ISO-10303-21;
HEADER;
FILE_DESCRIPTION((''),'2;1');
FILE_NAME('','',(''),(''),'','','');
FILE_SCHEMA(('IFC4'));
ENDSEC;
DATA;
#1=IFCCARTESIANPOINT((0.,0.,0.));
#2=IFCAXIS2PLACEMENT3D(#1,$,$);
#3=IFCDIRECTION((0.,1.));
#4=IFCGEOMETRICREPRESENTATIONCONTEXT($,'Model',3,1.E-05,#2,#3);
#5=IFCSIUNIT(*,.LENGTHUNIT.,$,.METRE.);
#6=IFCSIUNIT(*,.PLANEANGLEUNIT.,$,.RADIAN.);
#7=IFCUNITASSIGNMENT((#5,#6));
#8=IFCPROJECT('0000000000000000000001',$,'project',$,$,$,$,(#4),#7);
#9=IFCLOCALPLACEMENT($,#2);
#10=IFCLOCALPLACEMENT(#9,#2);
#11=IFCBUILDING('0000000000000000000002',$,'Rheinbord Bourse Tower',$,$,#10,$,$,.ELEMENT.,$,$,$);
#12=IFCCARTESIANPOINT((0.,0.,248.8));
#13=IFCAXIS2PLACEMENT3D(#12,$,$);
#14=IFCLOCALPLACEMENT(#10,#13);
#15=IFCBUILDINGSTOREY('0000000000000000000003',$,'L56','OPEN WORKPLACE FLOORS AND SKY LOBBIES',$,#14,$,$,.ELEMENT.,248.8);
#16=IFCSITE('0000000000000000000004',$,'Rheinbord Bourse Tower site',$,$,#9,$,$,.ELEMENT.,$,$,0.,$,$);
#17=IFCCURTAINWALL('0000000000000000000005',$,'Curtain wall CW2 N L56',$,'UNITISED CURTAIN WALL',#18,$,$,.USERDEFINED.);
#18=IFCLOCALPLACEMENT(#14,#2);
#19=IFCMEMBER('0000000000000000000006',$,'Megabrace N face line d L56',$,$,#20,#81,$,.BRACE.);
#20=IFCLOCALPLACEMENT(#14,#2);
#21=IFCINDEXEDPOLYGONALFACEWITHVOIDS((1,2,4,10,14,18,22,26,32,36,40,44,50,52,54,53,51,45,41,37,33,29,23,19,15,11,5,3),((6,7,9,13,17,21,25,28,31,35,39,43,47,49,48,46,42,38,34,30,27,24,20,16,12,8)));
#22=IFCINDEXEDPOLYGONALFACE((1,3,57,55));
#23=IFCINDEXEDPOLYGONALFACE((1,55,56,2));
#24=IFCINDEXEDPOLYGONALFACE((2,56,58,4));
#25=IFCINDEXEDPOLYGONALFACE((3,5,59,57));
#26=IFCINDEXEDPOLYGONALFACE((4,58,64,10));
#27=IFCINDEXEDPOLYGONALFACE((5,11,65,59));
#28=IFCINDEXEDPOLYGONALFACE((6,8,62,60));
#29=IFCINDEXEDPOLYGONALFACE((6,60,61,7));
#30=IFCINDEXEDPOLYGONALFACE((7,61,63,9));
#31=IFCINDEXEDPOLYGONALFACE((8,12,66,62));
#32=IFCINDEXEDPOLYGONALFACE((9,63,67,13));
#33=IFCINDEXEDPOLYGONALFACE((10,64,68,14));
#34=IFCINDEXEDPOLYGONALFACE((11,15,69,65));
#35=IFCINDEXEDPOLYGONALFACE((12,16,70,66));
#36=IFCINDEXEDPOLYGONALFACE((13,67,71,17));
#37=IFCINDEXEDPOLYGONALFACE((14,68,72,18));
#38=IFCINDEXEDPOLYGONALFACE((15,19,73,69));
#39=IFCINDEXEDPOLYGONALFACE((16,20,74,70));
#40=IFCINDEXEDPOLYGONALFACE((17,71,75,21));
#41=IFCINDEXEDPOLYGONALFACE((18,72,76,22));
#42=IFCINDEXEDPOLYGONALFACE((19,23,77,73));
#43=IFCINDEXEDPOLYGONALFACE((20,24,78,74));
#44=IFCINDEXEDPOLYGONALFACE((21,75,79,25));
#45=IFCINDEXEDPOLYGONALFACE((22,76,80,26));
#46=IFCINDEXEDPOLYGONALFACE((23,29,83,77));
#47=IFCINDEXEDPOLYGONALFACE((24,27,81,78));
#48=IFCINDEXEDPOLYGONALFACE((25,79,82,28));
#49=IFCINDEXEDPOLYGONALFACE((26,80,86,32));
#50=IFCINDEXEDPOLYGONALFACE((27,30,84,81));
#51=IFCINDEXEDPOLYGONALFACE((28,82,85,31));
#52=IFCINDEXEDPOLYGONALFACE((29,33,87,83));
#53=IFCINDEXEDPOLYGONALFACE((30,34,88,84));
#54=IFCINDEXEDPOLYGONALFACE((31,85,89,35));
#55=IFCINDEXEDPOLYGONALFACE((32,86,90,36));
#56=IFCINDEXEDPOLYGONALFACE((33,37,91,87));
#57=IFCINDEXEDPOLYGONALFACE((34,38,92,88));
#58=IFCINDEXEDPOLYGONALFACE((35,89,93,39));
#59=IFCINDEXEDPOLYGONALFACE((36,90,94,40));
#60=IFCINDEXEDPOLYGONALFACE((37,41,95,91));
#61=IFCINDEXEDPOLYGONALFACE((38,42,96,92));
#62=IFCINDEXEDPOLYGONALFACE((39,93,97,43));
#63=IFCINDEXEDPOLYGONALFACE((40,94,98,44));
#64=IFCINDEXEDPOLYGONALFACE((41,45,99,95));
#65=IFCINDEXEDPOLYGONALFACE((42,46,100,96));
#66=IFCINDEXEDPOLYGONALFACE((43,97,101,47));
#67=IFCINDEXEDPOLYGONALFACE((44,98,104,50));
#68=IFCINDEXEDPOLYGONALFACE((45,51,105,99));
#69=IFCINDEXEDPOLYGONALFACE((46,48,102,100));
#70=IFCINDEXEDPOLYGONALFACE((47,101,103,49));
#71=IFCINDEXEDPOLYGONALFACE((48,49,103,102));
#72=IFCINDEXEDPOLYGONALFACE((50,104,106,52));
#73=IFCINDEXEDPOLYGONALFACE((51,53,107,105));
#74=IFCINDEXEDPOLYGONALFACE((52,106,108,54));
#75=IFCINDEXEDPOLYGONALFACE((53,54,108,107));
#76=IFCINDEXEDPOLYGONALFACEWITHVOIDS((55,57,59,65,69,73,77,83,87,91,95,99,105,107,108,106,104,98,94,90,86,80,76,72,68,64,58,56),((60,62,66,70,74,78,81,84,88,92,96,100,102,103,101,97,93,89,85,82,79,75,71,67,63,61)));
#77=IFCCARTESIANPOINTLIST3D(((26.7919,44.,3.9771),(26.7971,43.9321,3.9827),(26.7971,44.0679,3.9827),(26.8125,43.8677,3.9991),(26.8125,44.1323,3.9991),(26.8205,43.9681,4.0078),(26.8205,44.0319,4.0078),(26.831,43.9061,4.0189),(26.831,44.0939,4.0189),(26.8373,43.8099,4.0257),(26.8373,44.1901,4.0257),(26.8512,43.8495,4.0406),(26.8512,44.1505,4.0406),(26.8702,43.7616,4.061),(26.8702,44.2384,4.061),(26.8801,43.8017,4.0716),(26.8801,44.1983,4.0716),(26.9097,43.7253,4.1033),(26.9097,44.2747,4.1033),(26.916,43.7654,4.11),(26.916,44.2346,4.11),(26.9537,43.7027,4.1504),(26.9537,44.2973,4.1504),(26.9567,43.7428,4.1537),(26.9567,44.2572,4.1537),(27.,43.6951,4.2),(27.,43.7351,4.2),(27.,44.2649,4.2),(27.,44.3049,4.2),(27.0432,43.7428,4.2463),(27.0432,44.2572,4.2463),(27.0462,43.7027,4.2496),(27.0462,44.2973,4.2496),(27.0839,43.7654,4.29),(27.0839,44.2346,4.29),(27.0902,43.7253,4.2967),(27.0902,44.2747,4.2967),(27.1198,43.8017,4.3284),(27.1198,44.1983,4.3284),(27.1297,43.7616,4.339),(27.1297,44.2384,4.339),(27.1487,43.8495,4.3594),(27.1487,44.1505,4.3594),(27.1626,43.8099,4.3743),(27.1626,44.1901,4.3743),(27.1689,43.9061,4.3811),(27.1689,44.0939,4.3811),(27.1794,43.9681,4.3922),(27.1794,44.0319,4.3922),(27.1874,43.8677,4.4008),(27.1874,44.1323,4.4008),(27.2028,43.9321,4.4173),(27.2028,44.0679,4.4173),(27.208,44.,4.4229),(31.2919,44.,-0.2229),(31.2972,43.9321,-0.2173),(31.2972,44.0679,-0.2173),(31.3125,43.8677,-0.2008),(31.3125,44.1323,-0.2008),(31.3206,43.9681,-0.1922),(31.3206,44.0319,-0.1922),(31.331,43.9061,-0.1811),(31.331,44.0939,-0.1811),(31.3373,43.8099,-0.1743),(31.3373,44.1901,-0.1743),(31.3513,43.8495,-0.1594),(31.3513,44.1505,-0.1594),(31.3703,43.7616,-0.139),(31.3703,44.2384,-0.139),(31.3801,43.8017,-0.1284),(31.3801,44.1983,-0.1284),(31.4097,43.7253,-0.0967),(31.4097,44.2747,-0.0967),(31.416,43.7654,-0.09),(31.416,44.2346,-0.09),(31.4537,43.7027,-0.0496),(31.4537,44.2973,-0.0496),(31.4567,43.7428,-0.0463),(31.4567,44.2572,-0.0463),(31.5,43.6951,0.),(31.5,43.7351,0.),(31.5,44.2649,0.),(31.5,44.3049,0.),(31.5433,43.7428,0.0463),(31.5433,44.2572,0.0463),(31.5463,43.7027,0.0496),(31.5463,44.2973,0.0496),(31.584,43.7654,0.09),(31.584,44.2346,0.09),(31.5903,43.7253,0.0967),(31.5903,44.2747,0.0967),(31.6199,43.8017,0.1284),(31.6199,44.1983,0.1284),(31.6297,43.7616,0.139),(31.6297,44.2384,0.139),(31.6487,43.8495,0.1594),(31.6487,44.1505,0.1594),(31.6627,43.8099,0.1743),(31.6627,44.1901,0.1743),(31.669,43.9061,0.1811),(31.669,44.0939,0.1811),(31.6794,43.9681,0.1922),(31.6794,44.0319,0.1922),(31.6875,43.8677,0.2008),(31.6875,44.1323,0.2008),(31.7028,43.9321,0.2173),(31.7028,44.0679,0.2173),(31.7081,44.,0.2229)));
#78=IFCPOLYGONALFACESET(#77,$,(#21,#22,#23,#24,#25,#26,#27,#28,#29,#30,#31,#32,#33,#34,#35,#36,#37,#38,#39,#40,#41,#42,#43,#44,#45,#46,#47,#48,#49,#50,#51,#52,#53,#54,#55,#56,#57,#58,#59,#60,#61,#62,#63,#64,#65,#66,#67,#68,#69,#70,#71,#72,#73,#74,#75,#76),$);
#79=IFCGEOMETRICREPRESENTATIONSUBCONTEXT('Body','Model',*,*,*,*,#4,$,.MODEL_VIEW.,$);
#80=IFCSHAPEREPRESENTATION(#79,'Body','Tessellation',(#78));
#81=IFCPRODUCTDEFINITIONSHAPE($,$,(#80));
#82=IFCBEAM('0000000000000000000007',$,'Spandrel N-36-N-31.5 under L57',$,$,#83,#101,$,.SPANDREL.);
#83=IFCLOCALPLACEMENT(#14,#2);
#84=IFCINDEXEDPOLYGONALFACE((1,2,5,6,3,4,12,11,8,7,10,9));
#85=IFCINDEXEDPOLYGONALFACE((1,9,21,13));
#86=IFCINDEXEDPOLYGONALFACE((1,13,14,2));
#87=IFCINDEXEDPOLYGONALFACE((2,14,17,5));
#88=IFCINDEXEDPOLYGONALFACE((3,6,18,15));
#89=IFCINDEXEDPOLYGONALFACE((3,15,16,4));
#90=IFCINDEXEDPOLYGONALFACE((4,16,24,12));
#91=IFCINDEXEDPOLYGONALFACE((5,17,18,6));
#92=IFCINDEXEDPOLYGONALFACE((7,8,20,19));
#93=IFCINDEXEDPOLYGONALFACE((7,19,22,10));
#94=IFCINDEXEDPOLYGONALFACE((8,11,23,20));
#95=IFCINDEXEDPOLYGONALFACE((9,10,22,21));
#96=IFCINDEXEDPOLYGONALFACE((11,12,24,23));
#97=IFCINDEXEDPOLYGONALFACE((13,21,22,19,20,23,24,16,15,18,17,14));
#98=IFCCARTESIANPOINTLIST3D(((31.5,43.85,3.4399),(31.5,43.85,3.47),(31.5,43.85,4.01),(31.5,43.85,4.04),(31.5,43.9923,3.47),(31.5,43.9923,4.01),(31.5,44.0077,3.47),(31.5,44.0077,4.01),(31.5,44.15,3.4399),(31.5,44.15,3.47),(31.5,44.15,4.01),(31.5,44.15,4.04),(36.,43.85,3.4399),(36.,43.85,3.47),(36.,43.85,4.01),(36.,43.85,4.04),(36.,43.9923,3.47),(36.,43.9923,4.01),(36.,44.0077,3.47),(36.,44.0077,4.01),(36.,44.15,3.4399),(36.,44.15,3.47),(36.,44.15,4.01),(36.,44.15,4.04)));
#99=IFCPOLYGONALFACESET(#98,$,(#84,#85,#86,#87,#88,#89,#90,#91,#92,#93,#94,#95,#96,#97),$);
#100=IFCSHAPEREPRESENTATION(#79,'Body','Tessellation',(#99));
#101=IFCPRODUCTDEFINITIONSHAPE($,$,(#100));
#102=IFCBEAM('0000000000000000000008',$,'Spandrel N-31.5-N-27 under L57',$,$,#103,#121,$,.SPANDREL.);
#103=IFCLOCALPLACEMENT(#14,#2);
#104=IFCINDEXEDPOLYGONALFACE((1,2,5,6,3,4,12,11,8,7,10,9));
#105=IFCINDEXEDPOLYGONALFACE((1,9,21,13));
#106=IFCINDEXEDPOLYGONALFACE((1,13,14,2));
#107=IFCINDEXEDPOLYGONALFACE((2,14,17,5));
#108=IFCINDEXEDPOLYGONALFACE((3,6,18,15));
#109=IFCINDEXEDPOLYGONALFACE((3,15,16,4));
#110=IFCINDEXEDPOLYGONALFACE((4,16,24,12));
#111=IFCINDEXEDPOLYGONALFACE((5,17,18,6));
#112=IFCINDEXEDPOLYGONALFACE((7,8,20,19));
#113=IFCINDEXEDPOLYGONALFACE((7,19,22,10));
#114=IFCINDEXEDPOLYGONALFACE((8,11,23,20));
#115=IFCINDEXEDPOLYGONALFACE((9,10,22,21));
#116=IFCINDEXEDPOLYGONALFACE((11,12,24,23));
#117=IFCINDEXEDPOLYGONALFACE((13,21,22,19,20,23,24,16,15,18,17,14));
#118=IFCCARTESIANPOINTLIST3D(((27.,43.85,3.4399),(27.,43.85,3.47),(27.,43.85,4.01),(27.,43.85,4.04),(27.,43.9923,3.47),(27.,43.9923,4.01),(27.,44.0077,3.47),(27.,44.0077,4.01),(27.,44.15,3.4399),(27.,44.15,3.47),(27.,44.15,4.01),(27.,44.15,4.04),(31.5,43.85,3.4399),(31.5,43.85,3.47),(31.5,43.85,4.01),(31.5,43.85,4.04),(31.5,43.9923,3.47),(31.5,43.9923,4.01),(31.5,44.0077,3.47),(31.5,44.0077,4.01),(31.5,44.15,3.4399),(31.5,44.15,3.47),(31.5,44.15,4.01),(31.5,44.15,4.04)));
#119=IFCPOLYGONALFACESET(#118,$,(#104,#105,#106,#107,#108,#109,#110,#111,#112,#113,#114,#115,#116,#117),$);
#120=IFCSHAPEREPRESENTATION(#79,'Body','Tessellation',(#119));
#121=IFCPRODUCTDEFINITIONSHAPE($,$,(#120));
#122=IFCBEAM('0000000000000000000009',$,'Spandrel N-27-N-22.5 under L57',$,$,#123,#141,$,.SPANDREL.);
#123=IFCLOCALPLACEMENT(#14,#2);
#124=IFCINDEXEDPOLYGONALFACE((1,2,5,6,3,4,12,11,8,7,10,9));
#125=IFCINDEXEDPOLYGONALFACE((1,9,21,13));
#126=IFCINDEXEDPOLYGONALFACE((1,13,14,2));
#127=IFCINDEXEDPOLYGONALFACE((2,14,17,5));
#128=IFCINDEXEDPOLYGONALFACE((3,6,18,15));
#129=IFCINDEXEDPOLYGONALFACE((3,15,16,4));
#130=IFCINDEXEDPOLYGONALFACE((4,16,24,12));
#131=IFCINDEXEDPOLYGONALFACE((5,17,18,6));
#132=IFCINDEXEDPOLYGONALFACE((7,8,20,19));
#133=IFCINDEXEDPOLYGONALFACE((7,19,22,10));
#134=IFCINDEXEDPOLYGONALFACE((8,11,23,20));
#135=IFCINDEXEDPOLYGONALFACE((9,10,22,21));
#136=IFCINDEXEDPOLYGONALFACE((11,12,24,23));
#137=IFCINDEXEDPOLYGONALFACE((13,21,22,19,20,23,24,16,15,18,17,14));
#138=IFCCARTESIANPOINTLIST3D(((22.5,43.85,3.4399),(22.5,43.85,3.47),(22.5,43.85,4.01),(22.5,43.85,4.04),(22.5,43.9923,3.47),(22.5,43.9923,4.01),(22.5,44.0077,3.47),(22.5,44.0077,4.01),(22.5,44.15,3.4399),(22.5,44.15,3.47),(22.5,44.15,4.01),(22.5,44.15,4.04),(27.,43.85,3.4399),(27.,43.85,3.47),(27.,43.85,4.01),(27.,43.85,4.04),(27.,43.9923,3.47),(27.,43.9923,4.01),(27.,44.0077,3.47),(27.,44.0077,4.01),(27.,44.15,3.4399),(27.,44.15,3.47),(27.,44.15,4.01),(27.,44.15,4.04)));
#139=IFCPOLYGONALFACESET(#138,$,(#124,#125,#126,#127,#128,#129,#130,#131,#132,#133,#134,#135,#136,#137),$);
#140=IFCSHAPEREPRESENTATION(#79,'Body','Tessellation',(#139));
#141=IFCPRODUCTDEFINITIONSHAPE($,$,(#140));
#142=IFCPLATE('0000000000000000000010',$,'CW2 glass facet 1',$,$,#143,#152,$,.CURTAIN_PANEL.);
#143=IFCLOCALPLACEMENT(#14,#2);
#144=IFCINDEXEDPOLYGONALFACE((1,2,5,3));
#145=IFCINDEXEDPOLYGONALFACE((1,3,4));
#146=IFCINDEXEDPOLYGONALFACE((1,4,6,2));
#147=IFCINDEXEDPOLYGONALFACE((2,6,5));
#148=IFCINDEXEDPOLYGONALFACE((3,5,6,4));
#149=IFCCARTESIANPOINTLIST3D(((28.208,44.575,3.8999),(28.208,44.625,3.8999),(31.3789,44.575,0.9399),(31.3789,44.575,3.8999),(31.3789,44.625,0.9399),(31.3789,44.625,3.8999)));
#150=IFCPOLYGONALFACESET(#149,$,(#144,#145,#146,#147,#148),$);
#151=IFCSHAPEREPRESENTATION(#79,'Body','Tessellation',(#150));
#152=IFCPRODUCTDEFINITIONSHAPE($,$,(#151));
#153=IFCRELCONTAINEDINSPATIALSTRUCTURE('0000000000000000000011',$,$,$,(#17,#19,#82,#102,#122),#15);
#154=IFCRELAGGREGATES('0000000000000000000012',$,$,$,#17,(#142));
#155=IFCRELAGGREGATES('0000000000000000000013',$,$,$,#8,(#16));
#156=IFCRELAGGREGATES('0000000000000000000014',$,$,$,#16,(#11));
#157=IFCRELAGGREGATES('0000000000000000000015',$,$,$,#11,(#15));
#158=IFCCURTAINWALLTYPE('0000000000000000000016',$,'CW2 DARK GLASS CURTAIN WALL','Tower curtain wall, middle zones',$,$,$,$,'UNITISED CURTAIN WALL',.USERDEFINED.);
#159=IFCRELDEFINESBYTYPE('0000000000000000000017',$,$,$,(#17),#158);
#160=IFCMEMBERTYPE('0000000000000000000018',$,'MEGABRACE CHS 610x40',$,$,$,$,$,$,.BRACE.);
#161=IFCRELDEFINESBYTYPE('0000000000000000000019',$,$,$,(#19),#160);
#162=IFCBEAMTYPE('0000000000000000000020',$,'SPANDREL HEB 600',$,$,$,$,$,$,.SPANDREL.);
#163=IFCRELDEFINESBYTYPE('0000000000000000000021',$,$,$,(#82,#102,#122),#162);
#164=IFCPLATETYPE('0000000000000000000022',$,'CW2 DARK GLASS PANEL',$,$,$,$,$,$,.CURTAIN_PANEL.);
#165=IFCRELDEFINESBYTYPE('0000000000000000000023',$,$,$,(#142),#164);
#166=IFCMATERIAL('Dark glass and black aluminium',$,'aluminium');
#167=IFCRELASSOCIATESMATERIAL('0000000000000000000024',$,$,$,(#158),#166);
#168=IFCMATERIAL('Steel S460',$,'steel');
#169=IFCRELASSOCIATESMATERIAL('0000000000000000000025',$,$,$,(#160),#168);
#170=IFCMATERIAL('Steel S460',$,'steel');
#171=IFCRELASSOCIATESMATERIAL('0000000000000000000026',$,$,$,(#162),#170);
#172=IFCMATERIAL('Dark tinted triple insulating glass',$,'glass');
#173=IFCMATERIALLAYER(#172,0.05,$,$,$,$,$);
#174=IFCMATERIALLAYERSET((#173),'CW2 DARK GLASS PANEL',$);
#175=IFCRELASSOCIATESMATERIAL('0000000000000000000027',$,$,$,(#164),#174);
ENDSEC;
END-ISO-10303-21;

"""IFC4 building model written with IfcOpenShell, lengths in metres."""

from ifc_helpers import new_model, si_unit, direction, frame, origin, origin_2d, place, context, subcontext, project, spatial, polyline, hollow_circle, i_section, outline, extrude, material, layer, layer_set, material_profile, profile_set, type_object, element, aggregate, save


model = new_model("IFC4")

# Units and contexts
model_context = context("Model", 3, precision=1e-05, world=origin(), true_north=direction((0.0, 1.0)))
body_context = subcontext(model_context, "Body", "Model", "MODEL_VIEW")
ifc_project = project(units=[si_unit("LENGTHUNIT", "METRE"), si_unit("PLANEANGLEUNIT", "RADIAN")], contexts=[model_context])

# Site, building, storey
site_placement = place(None, origin())
site = spatial("IfcSite", under=ifc_project, at=site_placement, Name="Rheinbord Bourse Tower site", CompositionType="ELEMENT", RefElevation=0.0)
building_placement = place(site_placement, origin())
building = spatial("IfcBuilding", under=site, at=building_placement, Name="Rheinbord Bourse Tower", CompositionType="ELEMENT")
storey_placement = place(building_placement, frame((0.0, 0.0, 248.8)))
storey = spatial("IfcBuildingStorey", under=building, at=storey_placement, Name="L56", Description="OPEN WORKPLACE FLOORS AND SKY LOBBIES", CompositionType="ELEMENT", Elevation=248.8)

# Curtain wall
ifc_material_1 = material(Name="Dark glass and black aluminium", Category="aluminium")
curtain_wall_type = type_object("IfcCurtainWallType", Name="CW2 DARK GLASS CURTAIN WALL", Description="Tower curtain wall, middle zones", ElementType="UNITISED CURTAIN WALL", PredefinedType="USERDEFINED", material=ifc_material_1)
curtain_wall_placement = place(storey_placement, origin())
curtain_wall = element("IfcCurtainWall", 1, at=curtain_wall_placement, inside=storey, type_object=curtain_wall_type, Name="Curtain wall CW2 N L56", ObjectType="UNITISED CURTAIN WALL", PredefinedType="USERDEFINED")

# Member
ifc_material_2 = material(Name="Steel S460", Category="steel")
ifc_material_profile_1 = material_profile(ifc_material_2, hollow_circle(Radius=0.3049, WallThickness=0.04, at=origin_2d()), Name="CHS 610x40")
ifc_profile_set_1 = profile_set([ifc_material_profile_1], Name="Steel S460")
member_type_1 = type_object("IfcMemberType", Name="MEGABRACE CHS 610x40", PredefinedType="BRACE", material=ifc_profile_set_1)
member_1_placement = place(storey_placement, frame((31.5, 44.0, 0.0), z_axis=(-0.731059, 0.0, 0.682314), x_axis=(0.0, -1.0, 0.0)))
element("IfcMember", 2, at=member_1_placement, inside=storey, type_object=member_type_1, Name="Megabrace N face line d L56", PredefinedType="BRACE", context=body_context, shape_type="SweptSolid", body=[
    extrude(hollow_circle(Radius=0.3049, WallThickness=0.04, at=origin_2d()), origin(), (0.0, 0.0, 1.0), 6.1555),
])

# Beams
ifc_material_3 = material(Name="Steel S460", Category="steel")
ifc_material_profile_2 = material_profile(ifc_material_3, i_section(OverallWidth=0.3, OverallDepth=0.6001, WebThickness=0.0154, FlangeThickness=0.03, at=origin_2d()), Name="HEB 600")
ifc_profile_set_2 = profile_set([ifc_material_profile_2], Name="Steel S460")
beam_type_1 = type_object("IfcBeamType", Name="SPANDREL HEB 600", PredefinedType="SPANDREL", material=ifc_profile_set_2)
for number, where, z_axis, x_axis, name in (
    (3, (36.0, 44.0, 3.74), (-1.0, 0.0, 0.0), (0.0, -1.0, 0.0), "Spandrel N-36-N-31.5 under L57"),
    (4, (31.5, 44.0, 3.74), (-1.0, 0.0, 0.0), (0.0, -1.0, 0.0), "Spandrel N-31.5-N-27 under L57"),
    (5, (27.0, 44.0, 3.74), (-1.0, 0.0, 0.0), (0.0, -1.0, 0.0), "Spandrel N-27-N-22.5 under L57"),
):
    element("IfcBeam", number, at=place(storey_placement, frame(where, z_axis=z_axis, x_axis=x_axis)), inside=storey, type_object=beam_type_1, Name=name, PredefinedType="SPANDREL", context=body_context, shape_type="SweptSolid", body=[
        extrude(i_section(OverallWidth=0.3, OverallDepth=0.6001, WebThickness=0.0154, FlangeThickness=0.03, at=origin_2d()), origin(), (0.0, 0.0, 1.0), 4.5),
    ])

# Plate
ifc_material_4 = material(Name="Dark tinted triple insulating glass", Category="glass")
ifc_layer = layer(ifc_material_4, 0.05)
ifc_layer_set = layer_set([ifc_layer], Name="CW2 DARK GLASS PANEL")
plate_type = type_object("IfcPlateType", Name="CW2 DARK GLASS PANEL", PredefinedType="CURTAIN_PANEL", material=ifc_layer_set)
plate_placement = place(storey_placement, frame((31.3789, 44.625, 3.8999), z_axis=(0.0, -1.0, 0.0), x_axis=(-1.0, 0.0, 0.0)))
plate = element("IfcPlate", 6, at=plate_placement, type_object=plate_type, Name="CW2 glass facet 1", PredefinedType="CURTAIN_PANEL", context=body_context, shape_type="SweptSolid", body=[
    extrude(outline(polyline([(0.0, 0.0), (3.1709, 0.0), (0.0, 2.96), (0.0, 0.0)])), origin(), (0.0, 0.0, 1.0), 0.05),
])
aggregate(curtain_wall, [plate])

save(model, "model.ifc")
